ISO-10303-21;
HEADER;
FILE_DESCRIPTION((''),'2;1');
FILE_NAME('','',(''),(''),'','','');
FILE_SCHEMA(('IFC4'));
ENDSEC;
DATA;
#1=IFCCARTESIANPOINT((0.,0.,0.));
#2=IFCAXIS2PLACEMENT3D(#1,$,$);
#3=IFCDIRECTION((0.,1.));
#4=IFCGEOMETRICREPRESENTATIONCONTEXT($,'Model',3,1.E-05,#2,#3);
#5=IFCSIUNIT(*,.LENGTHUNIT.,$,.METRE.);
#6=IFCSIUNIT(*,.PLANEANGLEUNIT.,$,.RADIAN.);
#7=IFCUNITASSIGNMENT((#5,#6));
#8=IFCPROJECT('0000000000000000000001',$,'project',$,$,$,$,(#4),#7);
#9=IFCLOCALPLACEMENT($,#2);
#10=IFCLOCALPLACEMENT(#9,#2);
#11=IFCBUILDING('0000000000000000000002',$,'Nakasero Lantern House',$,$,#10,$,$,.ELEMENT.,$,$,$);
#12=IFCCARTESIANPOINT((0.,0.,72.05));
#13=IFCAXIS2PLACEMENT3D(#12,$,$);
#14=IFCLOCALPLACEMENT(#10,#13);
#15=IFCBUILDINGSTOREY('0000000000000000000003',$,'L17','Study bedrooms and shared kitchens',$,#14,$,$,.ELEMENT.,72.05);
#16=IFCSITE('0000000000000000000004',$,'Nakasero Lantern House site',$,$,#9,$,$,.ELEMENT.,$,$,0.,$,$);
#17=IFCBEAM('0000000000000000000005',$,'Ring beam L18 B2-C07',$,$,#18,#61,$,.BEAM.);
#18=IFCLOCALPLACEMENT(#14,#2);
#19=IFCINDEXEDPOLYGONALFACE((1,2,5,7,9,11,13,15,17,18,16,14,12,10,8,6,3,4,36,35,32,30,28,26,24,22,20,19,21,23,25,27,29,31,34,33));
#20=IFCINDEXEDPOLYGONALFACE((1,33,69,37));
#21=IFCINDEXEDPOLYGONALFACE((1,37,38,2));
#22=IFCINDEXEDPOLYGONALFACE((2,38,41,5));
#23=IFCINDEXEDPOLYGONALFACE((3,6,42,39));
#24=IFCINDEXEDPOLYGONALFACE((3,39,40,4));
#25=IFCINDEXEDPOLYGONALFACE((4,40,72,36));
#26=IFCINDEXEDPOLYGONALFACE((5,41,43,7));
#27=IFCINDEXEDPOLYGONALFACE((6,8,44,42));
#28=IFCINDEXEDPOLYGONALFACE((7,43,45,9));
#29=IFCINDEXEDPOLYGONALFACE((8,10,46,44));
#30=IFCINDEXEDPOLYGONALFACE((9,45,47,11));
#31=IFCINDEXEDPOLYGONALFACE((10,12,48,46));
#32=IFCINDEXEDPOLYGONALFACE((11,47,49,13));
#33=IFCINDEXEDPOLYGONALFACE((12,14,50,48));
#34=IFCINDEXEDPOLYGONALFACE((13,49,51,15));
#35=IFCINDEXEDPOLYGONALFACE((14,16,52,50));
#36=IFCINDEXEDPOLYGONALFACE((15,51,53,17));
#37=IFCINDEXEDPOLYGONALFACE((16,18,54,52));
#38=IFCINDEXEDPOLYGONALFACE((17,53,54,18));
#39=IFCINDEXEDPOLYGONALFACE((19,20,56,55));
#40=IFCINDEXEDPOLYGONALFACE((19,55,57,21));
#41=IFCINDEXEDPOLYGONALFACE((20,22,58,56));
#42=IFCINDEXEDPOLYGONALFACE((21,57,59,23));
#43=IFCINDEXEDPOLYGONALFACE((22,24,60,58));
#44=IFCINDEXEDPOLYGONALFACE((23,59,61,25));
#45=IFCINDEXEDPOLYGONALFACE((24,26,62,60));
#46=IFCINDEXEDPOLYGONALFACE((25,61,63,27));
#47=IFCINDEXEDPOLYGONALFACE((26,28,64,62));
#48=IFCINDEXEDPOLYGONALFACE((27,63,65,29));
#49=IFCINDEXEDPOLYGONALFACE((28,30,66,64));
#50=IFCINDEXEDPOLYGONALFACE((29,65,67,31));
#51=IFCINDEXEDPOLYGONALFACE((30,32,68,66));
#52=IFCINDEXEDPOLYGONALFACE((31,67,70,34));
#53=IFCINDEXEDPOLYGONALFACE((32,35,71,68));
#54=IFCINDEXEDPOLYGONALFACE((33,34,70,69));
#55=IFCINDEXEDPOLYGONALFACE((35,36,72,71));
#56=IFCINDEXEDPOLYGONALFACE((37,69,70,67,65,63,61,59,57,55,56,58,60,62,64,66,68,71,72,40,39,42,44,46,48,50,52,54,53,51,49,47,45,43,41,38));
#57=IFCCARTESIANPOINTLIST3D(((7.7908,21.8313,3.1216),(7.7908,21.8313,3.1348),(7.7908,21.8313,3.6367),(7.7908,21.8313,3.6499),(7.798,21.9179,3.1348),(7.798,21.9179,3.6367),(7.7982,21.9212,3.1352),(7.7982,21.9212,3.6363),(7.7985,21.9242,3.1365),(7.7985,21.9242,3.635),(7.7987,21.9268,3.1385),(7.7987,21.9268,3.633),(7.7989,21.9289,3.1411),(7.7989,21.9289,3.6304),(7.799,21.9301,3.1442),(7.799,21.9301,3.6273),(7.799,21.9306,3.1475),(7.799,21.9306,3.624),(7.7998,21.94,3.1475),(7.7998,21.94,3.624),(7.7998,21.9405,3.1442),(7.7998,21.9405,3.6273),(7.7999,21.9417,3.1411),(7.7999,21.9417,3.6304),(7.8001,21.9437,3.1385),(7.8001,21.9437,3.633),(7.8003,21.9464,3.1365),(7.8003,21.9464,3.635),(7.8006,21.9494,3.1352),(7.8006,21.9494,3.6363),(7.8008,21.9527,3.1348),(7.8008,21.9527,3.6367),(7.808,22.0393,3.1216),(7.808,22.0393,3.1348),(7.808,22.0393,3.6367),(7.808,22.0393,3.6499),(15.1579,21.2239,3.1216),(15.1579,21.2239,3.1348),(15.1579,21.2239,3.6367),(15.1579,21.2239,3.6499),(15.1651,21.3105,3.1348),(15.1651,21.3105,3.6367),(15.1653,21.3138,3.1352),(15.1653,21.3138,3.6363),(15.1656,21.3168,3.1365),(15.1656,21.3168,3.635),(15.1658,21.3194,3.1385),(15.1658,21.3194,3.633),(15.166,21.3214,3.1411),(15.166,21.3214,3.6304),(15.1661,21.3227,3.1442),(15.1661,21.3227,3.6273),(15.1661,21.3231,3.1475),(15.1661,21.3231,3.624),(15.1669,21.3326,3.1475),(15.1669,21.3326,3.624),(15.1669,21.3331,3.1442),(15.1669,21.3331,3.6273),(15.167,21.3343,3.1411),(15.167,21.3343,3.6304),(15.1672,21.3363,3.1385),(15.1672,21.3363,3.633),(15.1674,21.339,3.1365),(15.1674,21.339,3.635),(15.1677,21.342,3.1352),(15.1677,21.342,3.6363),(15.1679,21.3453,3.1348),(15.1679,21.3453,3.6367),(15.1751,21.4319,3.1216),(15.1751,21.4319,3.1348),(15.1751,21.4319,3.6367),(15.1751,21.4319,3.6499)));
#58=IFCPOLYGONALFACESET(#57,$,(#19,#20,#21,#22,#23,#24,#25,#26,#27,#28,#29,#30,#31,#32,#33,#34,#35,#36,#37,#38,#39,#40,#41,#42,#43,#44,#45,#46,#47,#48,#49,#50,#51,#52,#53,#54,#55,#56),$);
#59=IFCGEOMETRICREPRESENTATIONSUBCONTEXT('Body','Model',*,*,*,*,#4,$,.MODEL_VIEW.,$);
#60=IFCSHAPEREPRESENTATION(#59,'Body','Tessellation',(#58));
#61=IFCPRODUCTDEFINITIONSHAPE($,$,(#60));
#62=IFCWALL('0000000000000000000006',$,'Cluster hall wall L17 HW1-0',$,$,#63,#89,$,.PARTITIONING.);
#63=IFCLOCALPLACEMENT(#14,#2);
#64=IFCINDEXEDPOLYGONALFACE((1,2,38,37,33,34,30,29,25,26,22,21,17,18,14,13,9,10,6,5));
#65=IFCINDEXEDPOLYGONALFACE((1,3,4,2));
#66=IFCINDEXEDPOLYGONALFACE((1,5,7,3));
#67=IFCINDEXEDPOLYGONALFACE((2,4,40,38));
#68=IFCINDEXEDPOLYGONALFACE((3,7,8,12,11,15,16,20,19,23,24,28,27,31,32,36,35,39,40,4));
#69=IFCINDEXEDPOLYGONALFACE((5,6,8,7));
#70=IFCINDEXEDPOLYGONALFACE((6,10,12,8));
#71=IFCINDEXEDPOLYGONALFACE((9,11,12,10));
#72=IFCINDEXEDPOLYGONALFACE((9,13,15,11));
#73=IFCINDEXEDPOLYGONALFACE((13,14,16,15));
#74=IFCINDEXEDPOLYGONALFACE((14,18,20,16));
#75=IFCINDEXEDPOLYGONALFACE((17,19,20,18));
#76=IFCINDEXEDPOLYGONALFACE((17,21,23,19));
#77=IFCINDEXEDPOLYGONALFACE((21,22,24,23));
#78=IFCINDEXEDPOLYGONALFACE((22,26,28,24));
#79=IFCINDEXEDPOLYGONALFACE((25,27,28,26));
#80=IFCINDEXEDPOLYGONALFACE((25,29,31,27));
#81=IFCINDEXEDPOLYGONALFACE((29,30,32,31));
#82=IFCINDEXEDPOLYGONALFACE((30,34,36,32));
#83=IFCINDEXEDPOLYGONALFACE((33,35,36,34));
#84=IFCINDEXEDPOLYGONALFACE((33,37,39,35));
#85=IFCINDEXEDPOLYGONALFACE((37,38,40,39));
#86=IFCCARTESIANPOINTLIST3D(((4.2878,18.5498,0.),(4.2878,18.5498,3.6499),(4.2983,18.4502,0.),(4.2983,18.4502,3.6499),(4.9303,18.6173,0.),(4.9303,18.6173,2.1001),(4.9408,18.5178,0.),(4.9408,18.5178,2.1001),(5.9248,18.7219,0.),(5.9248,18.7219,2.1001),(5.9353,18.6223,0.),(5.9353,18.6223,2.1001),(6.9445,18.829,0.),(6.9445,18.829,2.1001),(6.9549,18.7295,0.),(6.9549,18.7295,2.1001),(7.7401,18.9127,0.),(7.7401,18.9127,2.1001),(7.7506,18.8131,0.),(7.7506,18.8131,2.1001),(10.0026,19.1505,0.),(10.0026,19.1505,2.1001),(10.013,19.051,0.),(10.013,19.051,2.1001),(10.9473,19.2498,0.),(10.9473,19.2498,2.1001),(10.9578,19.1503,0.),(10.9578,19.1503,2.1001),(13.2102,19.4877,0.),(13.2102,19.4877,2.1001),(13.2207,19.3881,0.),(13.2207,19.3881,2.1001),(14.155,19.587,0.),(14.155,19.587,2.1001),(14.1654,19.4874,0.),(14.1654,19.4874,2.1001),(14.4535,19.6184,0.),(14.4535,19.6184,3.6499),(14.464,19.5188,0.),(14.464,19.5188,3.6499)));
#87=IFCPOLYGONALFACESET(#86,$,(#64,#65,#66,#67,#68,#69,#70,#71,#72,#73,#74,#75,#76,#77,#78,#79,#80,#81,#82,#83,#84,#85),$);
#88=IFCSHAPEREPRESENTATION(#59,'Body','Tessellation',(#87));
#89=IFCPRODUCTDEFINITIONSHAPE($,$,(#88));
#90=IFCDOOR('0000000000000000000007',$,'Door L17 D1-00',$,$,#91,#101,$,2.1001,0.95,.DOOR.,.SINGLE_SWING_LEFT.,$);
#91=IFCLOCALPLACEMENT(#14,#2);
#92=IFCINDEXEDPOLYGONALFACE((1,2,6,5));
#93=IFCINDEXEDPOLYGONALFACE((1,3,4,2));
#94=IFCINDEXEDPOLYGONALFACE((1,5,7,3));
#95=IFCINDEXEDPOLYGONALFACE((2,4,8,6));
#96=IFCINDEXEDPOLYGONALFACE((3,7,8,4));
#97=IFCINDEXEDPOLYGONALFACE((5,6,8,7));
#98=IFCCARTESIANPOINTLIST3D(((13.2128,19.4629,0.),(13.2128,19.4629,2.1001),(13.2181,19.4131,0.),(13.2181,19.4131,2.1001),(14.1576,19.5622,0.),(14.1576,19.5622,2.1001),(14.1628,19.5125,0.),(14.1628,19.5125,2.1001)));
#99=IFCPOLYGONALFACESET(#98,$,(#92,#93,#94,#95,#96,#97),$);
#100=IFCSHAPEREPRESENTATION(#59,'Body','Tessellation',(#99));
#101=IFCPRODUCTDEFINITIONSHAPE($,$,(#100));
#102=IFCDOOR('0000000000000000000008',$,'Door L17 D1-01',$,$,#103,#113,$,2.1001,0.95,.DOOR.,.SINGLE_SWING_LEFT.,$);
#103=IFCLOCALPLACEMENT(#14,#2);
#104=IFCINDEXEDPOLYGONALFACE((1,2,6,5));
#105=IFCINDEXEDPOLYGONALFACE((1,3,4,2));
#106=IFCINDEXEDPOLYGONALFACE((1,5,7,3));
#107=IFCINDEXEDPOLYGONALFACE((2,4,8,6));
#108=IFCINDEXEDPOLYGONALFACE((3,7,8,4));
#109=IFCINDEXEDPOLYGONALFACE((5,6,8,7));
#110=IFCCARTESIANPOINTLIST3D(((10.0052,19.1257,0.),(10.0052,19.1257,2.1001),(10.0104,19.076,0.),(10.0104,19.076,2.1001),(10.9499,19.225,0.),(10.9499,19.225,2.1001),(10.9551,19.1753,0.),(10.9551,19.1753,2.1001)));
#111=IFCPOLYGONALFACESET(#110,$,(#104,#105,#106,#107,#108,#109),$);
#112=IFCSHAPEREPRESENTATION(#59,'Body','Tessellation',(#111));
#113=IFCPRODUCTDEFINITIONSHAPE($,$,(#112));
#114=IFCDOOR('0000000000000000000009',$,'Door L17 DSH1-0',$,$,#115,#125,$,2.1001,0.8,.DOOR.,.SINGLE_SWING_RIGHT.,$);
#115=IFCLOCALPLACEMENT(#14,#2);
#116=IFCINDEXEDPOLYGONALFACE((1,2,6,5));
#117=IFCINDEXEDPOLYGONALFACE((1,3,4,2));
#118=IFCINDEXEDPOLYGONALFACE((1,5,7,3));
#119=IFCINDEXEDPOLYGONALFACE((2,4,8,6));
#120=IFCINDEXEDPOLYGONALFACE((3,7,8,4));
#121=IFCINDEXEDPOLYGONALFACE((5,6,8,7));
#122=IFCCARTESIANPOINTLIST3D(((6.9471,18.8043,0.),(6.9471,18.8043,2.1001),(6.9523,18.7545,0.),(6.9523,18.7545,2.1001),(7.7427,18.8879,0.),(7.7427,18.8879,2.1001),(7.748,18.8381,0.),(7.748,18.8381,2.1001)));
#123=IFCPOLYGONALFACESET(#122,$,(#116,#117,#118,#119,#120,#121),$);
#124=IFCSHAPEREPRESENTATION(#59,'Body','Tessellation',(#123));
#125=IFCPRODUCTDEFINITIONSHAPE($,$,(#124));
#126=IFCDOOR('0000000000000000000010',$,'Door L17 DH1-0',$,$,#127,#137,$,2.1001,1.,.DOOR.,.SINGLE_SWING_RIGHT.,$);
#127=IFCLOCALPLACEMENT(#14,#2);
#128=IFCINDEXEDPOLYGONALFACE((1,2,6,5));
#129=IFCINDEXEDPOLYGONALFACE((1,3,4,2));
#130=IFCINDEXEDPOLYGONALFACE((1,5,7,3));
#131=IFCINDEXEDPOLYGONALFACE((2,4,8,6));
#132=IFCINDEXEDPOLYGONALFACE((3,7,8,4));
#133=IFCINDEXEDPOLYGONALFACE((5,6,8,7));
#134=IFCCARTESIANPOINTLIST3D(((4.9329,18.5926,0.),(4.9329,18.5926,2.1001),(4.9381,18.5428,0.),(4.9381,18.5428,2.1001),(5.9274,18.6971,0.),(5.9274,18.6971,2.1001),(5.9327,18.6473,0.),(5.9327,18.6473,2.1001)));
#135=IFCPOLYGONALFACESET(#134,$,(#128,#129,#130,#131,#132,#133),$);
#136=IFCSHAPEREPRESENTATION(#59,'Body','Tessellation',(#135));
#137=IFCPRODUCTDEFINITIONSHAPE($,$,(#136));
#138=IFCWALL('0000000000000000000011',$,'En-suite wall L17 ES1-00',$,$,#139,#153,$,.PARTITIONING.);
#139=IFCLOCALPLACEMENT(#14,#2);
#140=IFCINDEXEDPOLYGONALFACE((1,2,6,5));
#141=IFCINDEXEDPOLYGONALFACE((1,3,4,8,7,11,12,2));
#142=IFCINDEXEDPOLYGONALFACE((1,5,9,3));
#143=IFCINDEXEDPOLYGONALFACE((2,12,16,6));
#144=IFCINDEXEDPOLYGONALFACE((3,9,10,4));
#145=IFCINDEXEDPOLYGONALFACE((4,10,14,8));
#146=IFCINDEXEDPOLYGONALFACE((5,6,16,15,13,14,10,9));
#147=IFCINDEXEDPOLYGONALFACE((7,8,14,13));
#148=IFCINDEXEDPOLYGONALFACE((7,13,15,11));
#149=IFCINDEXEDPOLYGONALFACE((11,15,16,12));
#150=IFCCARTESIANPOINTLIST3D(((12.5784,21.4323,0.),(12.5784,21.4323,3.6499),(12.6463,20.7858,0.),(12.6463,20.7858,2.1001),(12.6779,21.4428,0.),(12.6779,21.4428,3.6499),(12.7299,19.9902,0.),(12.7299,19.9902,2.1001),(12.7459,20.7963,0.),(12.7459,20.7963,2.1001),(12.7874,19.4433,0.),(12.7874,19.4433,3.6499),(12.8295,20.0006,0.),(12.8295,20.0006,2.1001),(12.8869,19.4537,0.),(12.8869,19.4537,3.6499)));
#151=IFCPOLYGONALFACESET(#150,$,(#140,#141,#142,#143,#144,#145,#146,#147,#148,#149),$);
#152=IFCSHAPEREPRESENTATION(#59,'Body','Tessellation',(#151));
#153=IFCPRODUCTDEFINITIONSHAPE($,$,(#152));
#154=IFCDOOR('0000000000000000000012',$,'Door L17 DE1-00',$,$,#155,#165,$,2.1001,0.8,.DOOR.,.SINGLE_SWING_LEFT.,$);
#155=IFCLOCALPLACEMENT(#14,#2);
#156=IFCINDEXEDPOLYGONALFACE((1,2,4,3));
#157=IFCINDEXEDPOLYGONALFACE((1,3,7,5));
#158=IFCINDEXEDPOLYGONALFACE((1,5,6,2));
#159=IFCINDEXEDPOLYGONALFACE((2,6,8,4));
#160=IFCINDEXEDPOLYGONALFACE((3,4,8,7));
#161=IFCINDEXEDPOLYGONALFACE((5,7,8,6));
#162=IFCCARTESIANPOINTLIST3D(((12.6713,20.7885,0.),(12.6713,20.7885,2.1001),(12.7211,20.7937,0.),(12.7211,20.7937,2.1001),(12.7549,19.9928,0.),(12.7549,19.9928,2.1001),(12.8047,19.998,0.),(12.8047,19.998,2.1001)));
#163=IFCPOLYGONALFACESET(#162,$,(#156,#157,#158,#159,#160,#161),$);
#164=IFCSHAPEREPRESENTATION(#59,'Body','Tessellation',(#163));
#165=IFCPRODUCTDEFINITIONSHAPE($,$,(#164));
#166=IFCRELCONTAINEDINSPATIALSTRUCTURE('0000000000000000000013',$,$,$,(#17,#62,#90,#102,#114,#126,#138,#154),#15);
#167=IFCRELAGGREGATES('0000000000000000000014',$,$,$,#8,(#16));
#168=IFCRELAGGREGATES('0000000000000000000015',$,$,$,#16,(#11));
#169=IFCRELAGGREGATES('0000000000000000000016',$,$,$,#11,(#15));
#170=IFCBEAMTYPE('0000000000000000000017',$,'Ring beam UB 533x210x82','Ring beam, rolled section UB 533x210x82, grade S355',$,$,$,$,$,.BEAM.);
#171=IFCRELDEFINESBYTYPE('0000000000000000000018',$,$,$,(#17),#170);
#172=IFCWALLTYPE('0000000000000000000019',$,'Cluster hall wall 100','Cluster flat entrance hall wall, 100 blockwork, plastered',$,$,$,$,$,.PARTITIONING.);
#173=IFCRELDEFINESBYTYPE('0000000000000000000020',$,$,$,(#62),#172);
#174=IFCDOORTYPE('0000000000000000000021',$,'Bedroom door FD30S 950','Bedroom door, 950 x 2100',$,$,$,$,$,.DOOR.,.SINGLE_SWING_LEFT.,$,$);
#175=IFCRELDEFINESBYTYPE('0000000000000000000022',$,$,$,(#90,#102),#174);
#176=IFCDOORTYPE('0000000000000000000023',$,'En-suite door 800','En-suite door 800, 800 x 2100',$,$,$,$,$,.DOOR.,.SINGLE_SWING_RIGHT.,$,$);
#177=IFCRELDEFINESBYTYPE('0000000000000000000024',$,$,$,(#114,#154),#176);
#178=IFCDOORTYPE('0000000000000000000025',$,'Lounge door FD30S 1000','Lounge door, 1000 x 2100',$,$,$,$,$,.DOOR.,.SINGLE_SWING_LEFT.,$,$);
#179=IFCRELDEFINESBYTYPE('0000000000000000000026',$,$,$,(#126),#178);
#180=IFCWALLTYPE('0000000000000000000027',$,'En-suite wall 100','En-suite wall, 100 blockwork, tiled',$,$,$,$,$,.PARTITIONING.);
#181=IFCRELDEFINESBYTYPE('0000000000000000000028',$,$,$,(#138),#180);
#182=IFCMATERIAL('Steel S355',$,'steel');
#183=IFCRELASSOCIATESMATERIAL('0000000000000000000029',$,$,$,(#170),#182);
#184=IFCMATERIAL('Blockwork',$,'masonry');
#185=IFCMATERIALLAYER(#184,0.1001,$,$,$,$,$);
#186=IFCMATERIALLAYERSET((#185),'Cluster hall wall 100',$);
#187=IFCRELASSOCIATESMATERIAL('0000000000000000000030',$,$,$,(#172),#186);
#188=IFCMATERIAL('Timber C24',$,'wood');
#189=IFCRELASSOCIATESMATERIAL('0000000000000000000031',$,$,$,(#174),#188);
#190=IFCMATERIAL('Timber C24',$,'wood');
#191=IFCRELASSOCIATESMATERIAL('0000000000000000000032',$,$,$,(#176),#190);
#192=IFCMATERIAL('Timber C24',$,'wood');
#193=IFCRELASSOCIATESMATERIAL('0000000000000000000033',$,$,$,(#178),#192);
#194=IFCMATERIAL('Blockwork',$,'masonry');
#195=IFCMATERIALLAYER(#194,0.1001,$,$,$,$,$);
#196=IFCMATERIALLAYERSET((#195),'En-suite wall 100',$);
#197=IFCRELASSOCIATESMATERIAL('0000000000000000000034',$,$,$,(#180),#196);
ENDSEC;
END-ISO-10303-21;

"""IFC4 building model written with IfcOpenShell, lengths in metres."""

from ifc_helpers import new_model, si_unit, direction, frame, frame_2d, origin, origin_2d, place, context, subcontext, project, spatial, rectangle, i_section, extrude, material, layer, layer_set, material_profile, profile_set, type_object, element, fill, save


model = new_model("IFC4")

# Units and contexts
model_context = context("Model", 3, precision=1e-05, world=origin(), true_north=direction((0.0, 1.0)))
body_context = subcontext(model_context, "Body", "Model", "MODEL_VIEW")
ifc_project = project(units=[si_unit("LENGTHUNIT", "METRE"), si_unit("PLANEANGLEUNIT", "RADIAN")], contexts=[model_context])

# Site, building, storey
site_placement = place(None, origin())
site = spatial("IfcSite", under=ifc_project, at=site_placement, Name="Nakasero Lantern House site", CompositionType="ELEMENT", RefElevation=0.0)
building_placement = place(site_placement, origin())
building = spatial("IfcBuilding", under=site, at=building_placement, Name="Nakasero Lantern House", CompositionType="ELEMENT")
storey_placement = place(building_placement, frame((0.0, 0.0, 72.05)))
storey = spatial("IfcBuildingStorey", under=building, at=storey_placement, Name="L17", Description="Study bedrooms and shared kitchens", CompositionType="ELEMENT", Elevation=72.05)

# Beam
ifc_material_1 = material(Name="Steel S355", Category="steel")
ifc_material_profile_1 = material_profile(ifc_material_1, i_section(OverallWidth=0.2087, OverallDepth=0.5283, WebThickness=0.0095, FlangeThickness=0.0132, FilletRadius=0.0127, at=origin_2d()), Name="UB 533x210x82")
ifc_profile_set_1 = profile_set([ifc_material_profile_1], Name="Steel S355")
beam_type_1 = type_object("IfcBeamType", Name="Ring beam UB 533x210x82", Description="Ring beam, rolled section UB 533x210x82, grade S355", PredefinedType="BEAM", material=ifc_profile_set_1)
beam_1_placement = place(storey_placement, frame((15.1665, 21.3279, 3.3857), z_axis=(-0.996618, 0.082171, 0.0), x_axis=(-0.082171, -0.996618, 0.0)))
element("IfcBeam", 1, at=beam_1_placement, inside=storey, type_object=beam_type_1, Name="Ring beam L18 B2-C07", PredefinedType="BEAM", context=body_context, shape_type="SweptSolid", body=[
    extrude(i_section(OverallWidth=0.2087, OverallDepth=0.5283, WebThickness=0.0095, FlangeThickness=0.0132, FilletRadius=0.0127, at=origin_2d()), origin(), (0.0, 0.0, 1.0), 7.3921),
])

# Wall, openings, doors
ifc_material_2 = material(Name="Blockwork", Category="masonry")
ifc_layer_1 = layer(ifc_material_2, 0.1001)
ifc_layer_set_1 = layer_set([ifc_layer_1], Name="Cluster hall wall 100")
wall_type_1 = type_object("IfcWallType", Name="Cluster hall wall 100", Description="Cluster flat entrance hall wall, 100 blockwork, plastered", PredefinedType="PARTITIONING", material=ifc_layer_set_1)
wall_1_placement = place(storey_placement, frame((14.4587, 19.5686, 0.0), z_axis=(0.0, 0.0, 1.0), x_axis=(-0.99452, -0.104542, 0.0)))
wall_1 = element("IfcWall", 2, at=wall_1_placement, inside=storey, type_object=wall_type_1, Name="Cluster hall wall L17 HW1-0", PredefinedType="PARTITIONING", context=body_context, shape_type="SweptSolid", body=[
    extrude(rectangle(XDim=10.2217, YDim=0.1001, at=frame_2d((5.1108, 0.0))), origin(), (0.0, 0.0, 1.0), 3.6499),
])
opening_1_placement = place(wall_1_placement, frame((8.5757, 0.0, 0.0)))
opening_1 = element("IfcOpeningElement", 3, at=opening_1_placement, cuts=wall_1, PredefinedType="OPENING", context=body_context, shape_type="SweptSolid", body=[
    extrude(rectangle(XDim=1.0, YDim=2.1001, at=frame_2d((0.5, 1.05))), frame((0.0, 0.0701, 0.0), z_axis=(0.0, -1.0, 0.0), x_axis=(1.0, 0.0, 0.0)), (0.0, 0.0, 1.0), 0.1401),
])
opening_2_placement = place(wall_1_placement, frame((6.7505, 0.0, 0.0)))
opening_2 = element("IfcOpeningElement", 4, at=opening_2_placement, cuts=wall_1, PredefinedType="OPENING", context=body_context, shape_type="SweptSolid", body=[
    extrude(rectangle(XDim=0.8, YDim=2.1001, at=frame_2d((0.3999, 1.05))), frame((0.0, 0.0701, 0.0), z_axis=(0.0, -1.0, 0.0), x_axis=(1.0, 0.0, 0.0)), (0.0, 0.0, 1.0), 0.1401),
])
opening_3_placement = place(wall_1_placement, frame((0.3, 0.0, 0.0)))
opening_3 = element("IfcOpeningElement", 5, at=opening_3_placement, cuts=wall_1, PredefinedType="OPENING", context=body_context, shape_type="SweptSolid", body=[
    extrude(rectangle(XDim=0.95, YDim=2.1001, at=frame_2d((0.4751, 1.05))), frame((0.0, 0.0701, 0.0), z_axis=(0.0, -1.0, 0.0), x_axis=(1.0, 0.0, 0.0)), (0.0, 0.0, 1.0), 0.1401),
])
opening_4_placement = place(wall_1_placement, frame((3.5254, 0.0, 0.0)))
opening_4 = element("IfcOpeningElement", 6, at=opening_4_placement, cuts=wall_1, PredefinedType="OPENING", context=body_context, shape_type="SweptSolid", body=[
    extrude(rectangle(XDim=0.95, YDim=2.1001, at=frame_2d((0.4751, 1.05))), frame((0.0, 0.0701, 0.0), z_axis=(0.0, -1.0, 0.0), x_axis=(1.0, 0.0, 0.0)), (0.0, 0.0, 1.0), 0.1401),
])
ifc_material_3 = material(Name="Timber C24", Category="wood")
door_type_1 = type_object("IfcDoorType", Name="Bedroom door FD30S 950", Description="Bedroom door, 950 x 2100", OperationType="SINGLE_SWING_LEFT", PredefinedType="DOOR", material=ifc_material_3)
door_1_placement = place(opening_3_placement, origin())
door_1 = element("IfcDoor", 7, at=door_1_placement, inside=storey, type_object=door_type_1, Name="Door L17 D1-00", OperationType="SINGLE_SWING_LEFT", OverallHeight=2.1001, OverallWidth=0.95, PredefinedType="DOOR", context=body_context, shape_type="SweptSolid", body=[
    extrude(rectangle(XDim=0.95, YDim=2.1001, at=frame_2d((0.4751, 1.05))), frame((0.0, 0.0249, 0.0), z_axis=(0.0, -1.0, 0.0), x_axis=(1.0, 0.0, 0.0)), (0.0, 0.0, 1.0), 0.05),
])
fill(opening_3, door_1)
door_2_placement = place(opening_4_placement, origin())
door_2 = element("IfcDoor", 8, at=door_2_placement, inside=storey, type_object=door_type_1, Name="Door L17 D1-01", OperationType="SINGLE_SWING_LEFT", OverallHeight=2.1001, OverallWidth=0.95, PredefinedType="DOOR", context=body_context, shape_type="SweptSolid", body=[
    extrude(rectangle(XDim=0.95, YDim=2.1001, at=frame_2d((0.4751, 1.05))), frame((0.0, 0.0249, 0.0), z_axis=(0.0, -1.0, 0.0), x_axis=(1.0, 0.0, 0.0)), (0.0, 0.0, 1.0), 0.05),
])
fill(opening_4, door_2)
ifc_material_4 = material(Name="Timber C24", Category="wood")
door_type_2 = type_object("IfcDoorType", Name="En-suite door 800", Description="En-suite door 800, 800 x 2100", OperationType="SINGLE_SWING_RIGHT", PredefinedType="DOOR", material=ifc_material_4)
door_3_placement = place(opening_2_placement, origin())
door_3 = element("IfcDoor", 9, at=door_3_placement, inside=storey, type_object=door_type_2, Name="Door L17 DSH1-0", OperationType="SINGLE_SWING_RIGHT", OverallHeight=2.1001, OverallWidth=0.8, PredefinedType="DOOR", context=body_context, shape_type="SweptSolid", body=[
    extrude(rectangle(XDim=0.8, YDim=2.1001, at=frame_2d((0.3999, 1.05))), frame((0.0, 0.0249, 0.0), z_axis=(0.0, -1.0, 0.0), x_axis=(1.0, 0.0, 0.0)), (0.0, 0.0, 1.0), 0.05),
])
fill(opening_2, door_3)
ifc_material_5 = material(Name="Timber C24", Category="wood")
door_type_3 = type_object("IfcDoorType", Name="Lounge door FD30S 1000", Description="Lounge door, 1000 x 2100", OperationType="SINGLE_SWING_LEFT", PredefinedType="DOOR", material=ifc_material_5)
door_4_placement = place(opening_1_placement, origin())
door_4 = element("IfcDoor", 10, at=door_4_placement, inside=storey, type_object=door_type_3, Name="Door L17 DH1-0", OperationType="SINGLE_SWING_RIGHT", OverallHeight=2.1001, OverallWidth=1.0, PredefinedType="DOOR", context=body_context, shape_type="SweptSolid", body=[
    extrude(rectangle(XDim=1.0, YDim=2.1001, at=frame_2d((0.5, 1.05))), frame((0.0, 0.0249, 0.0), z_axis=(0.0, -1.0, 0.0), x_axis=(1.0, 0.0, 0.0)), (0.0, 0.0, 1.0), 0.05),
])
fill(opening_1, door_4)

# Wall, opening, door
ifc_material_6 = material(Name="Blockwork", Category="masonry")
ifc_layer_2 = layer(ifc_material_6, 0.1001)
ifc_layer_set_2 = layer_set([ifc_layer_2], Name="En-suite wall 100")
wall_type_2 = type_object("IfcWallType", Name="En-suite wall 100", Description="En-suite wall, 100 blockwork, tiled", PredefinedType="PARTITIONING", material=ifc_layer_set_2)
wall_2_placement = place(storey_placement, frame((12.8372, 19.4485, 0.0), z_axis=(0.0, 0.0, 1.0), x_axis=(-0.104494, 0.994526, 0.0)))
wall_2 = element("IfcWall", 11, at=wall_2_placement, inside=storey, type_object=wall_type_2, Name="En-suite wall L17 ES1-00", PredefinedType="PARTITIONING", context=body_context, shape_type="SweptSolid", body=[
    extrude(rectangle(XDim=2.0, YDim=0.1001, at=frame_2d((1.0, 0.0))), origin(), (0.0, 0.0, 1.0), 3.6499),
])
opening_5_placement = place(wall_2_placement, frame((0.55, 0.0, 0.0)))
opening_5 = element("IfcOpeningElement", 12, at=opening_5_placement, cuts=wall_2, PredefinedType="OPENING", context=body_context, shape_type="SweptSolid", body=[
    extrude(rectangle(XDim=0.8, YDim=2.1001, at=frame_2d((0.3999, 1.05))), frame((0.0, 0.0701, 0.0), z_axis=(0.0, -1.0, 0.0), x_axis=(1.0, 0.0, 0.0)), (0.0, 0.0, 1.0), 0.1401),
])
door_5_placement = place(opening_5_placement, origin())
door_5 = element("IfcDoor", 13, at=door_5_placement, inside=storey, type_object=door_type_2, Name="Door L17 DE1-00", OperationType="SINGLE_SWING_LEFT", OverallHeight=2.1001, OverallWidth=0.8, PredefinedType="DOOR", context=body_context, shape_type="SweptSolid", body=[
    extrude(rectangle(XDim=0.8, YDim=2.1001, at=frame_2d((0.3999, 1.05))), frame((0.0, 0.0249, 0.0), z_axis=(0.0, -1.0, 0.0), x_axis=(1.0, 0.0, 0.0)), (0.0, 0.0, 1.0), 0.05),
])
fill(opening_5, door_5)

save(model, "model.ifc")
